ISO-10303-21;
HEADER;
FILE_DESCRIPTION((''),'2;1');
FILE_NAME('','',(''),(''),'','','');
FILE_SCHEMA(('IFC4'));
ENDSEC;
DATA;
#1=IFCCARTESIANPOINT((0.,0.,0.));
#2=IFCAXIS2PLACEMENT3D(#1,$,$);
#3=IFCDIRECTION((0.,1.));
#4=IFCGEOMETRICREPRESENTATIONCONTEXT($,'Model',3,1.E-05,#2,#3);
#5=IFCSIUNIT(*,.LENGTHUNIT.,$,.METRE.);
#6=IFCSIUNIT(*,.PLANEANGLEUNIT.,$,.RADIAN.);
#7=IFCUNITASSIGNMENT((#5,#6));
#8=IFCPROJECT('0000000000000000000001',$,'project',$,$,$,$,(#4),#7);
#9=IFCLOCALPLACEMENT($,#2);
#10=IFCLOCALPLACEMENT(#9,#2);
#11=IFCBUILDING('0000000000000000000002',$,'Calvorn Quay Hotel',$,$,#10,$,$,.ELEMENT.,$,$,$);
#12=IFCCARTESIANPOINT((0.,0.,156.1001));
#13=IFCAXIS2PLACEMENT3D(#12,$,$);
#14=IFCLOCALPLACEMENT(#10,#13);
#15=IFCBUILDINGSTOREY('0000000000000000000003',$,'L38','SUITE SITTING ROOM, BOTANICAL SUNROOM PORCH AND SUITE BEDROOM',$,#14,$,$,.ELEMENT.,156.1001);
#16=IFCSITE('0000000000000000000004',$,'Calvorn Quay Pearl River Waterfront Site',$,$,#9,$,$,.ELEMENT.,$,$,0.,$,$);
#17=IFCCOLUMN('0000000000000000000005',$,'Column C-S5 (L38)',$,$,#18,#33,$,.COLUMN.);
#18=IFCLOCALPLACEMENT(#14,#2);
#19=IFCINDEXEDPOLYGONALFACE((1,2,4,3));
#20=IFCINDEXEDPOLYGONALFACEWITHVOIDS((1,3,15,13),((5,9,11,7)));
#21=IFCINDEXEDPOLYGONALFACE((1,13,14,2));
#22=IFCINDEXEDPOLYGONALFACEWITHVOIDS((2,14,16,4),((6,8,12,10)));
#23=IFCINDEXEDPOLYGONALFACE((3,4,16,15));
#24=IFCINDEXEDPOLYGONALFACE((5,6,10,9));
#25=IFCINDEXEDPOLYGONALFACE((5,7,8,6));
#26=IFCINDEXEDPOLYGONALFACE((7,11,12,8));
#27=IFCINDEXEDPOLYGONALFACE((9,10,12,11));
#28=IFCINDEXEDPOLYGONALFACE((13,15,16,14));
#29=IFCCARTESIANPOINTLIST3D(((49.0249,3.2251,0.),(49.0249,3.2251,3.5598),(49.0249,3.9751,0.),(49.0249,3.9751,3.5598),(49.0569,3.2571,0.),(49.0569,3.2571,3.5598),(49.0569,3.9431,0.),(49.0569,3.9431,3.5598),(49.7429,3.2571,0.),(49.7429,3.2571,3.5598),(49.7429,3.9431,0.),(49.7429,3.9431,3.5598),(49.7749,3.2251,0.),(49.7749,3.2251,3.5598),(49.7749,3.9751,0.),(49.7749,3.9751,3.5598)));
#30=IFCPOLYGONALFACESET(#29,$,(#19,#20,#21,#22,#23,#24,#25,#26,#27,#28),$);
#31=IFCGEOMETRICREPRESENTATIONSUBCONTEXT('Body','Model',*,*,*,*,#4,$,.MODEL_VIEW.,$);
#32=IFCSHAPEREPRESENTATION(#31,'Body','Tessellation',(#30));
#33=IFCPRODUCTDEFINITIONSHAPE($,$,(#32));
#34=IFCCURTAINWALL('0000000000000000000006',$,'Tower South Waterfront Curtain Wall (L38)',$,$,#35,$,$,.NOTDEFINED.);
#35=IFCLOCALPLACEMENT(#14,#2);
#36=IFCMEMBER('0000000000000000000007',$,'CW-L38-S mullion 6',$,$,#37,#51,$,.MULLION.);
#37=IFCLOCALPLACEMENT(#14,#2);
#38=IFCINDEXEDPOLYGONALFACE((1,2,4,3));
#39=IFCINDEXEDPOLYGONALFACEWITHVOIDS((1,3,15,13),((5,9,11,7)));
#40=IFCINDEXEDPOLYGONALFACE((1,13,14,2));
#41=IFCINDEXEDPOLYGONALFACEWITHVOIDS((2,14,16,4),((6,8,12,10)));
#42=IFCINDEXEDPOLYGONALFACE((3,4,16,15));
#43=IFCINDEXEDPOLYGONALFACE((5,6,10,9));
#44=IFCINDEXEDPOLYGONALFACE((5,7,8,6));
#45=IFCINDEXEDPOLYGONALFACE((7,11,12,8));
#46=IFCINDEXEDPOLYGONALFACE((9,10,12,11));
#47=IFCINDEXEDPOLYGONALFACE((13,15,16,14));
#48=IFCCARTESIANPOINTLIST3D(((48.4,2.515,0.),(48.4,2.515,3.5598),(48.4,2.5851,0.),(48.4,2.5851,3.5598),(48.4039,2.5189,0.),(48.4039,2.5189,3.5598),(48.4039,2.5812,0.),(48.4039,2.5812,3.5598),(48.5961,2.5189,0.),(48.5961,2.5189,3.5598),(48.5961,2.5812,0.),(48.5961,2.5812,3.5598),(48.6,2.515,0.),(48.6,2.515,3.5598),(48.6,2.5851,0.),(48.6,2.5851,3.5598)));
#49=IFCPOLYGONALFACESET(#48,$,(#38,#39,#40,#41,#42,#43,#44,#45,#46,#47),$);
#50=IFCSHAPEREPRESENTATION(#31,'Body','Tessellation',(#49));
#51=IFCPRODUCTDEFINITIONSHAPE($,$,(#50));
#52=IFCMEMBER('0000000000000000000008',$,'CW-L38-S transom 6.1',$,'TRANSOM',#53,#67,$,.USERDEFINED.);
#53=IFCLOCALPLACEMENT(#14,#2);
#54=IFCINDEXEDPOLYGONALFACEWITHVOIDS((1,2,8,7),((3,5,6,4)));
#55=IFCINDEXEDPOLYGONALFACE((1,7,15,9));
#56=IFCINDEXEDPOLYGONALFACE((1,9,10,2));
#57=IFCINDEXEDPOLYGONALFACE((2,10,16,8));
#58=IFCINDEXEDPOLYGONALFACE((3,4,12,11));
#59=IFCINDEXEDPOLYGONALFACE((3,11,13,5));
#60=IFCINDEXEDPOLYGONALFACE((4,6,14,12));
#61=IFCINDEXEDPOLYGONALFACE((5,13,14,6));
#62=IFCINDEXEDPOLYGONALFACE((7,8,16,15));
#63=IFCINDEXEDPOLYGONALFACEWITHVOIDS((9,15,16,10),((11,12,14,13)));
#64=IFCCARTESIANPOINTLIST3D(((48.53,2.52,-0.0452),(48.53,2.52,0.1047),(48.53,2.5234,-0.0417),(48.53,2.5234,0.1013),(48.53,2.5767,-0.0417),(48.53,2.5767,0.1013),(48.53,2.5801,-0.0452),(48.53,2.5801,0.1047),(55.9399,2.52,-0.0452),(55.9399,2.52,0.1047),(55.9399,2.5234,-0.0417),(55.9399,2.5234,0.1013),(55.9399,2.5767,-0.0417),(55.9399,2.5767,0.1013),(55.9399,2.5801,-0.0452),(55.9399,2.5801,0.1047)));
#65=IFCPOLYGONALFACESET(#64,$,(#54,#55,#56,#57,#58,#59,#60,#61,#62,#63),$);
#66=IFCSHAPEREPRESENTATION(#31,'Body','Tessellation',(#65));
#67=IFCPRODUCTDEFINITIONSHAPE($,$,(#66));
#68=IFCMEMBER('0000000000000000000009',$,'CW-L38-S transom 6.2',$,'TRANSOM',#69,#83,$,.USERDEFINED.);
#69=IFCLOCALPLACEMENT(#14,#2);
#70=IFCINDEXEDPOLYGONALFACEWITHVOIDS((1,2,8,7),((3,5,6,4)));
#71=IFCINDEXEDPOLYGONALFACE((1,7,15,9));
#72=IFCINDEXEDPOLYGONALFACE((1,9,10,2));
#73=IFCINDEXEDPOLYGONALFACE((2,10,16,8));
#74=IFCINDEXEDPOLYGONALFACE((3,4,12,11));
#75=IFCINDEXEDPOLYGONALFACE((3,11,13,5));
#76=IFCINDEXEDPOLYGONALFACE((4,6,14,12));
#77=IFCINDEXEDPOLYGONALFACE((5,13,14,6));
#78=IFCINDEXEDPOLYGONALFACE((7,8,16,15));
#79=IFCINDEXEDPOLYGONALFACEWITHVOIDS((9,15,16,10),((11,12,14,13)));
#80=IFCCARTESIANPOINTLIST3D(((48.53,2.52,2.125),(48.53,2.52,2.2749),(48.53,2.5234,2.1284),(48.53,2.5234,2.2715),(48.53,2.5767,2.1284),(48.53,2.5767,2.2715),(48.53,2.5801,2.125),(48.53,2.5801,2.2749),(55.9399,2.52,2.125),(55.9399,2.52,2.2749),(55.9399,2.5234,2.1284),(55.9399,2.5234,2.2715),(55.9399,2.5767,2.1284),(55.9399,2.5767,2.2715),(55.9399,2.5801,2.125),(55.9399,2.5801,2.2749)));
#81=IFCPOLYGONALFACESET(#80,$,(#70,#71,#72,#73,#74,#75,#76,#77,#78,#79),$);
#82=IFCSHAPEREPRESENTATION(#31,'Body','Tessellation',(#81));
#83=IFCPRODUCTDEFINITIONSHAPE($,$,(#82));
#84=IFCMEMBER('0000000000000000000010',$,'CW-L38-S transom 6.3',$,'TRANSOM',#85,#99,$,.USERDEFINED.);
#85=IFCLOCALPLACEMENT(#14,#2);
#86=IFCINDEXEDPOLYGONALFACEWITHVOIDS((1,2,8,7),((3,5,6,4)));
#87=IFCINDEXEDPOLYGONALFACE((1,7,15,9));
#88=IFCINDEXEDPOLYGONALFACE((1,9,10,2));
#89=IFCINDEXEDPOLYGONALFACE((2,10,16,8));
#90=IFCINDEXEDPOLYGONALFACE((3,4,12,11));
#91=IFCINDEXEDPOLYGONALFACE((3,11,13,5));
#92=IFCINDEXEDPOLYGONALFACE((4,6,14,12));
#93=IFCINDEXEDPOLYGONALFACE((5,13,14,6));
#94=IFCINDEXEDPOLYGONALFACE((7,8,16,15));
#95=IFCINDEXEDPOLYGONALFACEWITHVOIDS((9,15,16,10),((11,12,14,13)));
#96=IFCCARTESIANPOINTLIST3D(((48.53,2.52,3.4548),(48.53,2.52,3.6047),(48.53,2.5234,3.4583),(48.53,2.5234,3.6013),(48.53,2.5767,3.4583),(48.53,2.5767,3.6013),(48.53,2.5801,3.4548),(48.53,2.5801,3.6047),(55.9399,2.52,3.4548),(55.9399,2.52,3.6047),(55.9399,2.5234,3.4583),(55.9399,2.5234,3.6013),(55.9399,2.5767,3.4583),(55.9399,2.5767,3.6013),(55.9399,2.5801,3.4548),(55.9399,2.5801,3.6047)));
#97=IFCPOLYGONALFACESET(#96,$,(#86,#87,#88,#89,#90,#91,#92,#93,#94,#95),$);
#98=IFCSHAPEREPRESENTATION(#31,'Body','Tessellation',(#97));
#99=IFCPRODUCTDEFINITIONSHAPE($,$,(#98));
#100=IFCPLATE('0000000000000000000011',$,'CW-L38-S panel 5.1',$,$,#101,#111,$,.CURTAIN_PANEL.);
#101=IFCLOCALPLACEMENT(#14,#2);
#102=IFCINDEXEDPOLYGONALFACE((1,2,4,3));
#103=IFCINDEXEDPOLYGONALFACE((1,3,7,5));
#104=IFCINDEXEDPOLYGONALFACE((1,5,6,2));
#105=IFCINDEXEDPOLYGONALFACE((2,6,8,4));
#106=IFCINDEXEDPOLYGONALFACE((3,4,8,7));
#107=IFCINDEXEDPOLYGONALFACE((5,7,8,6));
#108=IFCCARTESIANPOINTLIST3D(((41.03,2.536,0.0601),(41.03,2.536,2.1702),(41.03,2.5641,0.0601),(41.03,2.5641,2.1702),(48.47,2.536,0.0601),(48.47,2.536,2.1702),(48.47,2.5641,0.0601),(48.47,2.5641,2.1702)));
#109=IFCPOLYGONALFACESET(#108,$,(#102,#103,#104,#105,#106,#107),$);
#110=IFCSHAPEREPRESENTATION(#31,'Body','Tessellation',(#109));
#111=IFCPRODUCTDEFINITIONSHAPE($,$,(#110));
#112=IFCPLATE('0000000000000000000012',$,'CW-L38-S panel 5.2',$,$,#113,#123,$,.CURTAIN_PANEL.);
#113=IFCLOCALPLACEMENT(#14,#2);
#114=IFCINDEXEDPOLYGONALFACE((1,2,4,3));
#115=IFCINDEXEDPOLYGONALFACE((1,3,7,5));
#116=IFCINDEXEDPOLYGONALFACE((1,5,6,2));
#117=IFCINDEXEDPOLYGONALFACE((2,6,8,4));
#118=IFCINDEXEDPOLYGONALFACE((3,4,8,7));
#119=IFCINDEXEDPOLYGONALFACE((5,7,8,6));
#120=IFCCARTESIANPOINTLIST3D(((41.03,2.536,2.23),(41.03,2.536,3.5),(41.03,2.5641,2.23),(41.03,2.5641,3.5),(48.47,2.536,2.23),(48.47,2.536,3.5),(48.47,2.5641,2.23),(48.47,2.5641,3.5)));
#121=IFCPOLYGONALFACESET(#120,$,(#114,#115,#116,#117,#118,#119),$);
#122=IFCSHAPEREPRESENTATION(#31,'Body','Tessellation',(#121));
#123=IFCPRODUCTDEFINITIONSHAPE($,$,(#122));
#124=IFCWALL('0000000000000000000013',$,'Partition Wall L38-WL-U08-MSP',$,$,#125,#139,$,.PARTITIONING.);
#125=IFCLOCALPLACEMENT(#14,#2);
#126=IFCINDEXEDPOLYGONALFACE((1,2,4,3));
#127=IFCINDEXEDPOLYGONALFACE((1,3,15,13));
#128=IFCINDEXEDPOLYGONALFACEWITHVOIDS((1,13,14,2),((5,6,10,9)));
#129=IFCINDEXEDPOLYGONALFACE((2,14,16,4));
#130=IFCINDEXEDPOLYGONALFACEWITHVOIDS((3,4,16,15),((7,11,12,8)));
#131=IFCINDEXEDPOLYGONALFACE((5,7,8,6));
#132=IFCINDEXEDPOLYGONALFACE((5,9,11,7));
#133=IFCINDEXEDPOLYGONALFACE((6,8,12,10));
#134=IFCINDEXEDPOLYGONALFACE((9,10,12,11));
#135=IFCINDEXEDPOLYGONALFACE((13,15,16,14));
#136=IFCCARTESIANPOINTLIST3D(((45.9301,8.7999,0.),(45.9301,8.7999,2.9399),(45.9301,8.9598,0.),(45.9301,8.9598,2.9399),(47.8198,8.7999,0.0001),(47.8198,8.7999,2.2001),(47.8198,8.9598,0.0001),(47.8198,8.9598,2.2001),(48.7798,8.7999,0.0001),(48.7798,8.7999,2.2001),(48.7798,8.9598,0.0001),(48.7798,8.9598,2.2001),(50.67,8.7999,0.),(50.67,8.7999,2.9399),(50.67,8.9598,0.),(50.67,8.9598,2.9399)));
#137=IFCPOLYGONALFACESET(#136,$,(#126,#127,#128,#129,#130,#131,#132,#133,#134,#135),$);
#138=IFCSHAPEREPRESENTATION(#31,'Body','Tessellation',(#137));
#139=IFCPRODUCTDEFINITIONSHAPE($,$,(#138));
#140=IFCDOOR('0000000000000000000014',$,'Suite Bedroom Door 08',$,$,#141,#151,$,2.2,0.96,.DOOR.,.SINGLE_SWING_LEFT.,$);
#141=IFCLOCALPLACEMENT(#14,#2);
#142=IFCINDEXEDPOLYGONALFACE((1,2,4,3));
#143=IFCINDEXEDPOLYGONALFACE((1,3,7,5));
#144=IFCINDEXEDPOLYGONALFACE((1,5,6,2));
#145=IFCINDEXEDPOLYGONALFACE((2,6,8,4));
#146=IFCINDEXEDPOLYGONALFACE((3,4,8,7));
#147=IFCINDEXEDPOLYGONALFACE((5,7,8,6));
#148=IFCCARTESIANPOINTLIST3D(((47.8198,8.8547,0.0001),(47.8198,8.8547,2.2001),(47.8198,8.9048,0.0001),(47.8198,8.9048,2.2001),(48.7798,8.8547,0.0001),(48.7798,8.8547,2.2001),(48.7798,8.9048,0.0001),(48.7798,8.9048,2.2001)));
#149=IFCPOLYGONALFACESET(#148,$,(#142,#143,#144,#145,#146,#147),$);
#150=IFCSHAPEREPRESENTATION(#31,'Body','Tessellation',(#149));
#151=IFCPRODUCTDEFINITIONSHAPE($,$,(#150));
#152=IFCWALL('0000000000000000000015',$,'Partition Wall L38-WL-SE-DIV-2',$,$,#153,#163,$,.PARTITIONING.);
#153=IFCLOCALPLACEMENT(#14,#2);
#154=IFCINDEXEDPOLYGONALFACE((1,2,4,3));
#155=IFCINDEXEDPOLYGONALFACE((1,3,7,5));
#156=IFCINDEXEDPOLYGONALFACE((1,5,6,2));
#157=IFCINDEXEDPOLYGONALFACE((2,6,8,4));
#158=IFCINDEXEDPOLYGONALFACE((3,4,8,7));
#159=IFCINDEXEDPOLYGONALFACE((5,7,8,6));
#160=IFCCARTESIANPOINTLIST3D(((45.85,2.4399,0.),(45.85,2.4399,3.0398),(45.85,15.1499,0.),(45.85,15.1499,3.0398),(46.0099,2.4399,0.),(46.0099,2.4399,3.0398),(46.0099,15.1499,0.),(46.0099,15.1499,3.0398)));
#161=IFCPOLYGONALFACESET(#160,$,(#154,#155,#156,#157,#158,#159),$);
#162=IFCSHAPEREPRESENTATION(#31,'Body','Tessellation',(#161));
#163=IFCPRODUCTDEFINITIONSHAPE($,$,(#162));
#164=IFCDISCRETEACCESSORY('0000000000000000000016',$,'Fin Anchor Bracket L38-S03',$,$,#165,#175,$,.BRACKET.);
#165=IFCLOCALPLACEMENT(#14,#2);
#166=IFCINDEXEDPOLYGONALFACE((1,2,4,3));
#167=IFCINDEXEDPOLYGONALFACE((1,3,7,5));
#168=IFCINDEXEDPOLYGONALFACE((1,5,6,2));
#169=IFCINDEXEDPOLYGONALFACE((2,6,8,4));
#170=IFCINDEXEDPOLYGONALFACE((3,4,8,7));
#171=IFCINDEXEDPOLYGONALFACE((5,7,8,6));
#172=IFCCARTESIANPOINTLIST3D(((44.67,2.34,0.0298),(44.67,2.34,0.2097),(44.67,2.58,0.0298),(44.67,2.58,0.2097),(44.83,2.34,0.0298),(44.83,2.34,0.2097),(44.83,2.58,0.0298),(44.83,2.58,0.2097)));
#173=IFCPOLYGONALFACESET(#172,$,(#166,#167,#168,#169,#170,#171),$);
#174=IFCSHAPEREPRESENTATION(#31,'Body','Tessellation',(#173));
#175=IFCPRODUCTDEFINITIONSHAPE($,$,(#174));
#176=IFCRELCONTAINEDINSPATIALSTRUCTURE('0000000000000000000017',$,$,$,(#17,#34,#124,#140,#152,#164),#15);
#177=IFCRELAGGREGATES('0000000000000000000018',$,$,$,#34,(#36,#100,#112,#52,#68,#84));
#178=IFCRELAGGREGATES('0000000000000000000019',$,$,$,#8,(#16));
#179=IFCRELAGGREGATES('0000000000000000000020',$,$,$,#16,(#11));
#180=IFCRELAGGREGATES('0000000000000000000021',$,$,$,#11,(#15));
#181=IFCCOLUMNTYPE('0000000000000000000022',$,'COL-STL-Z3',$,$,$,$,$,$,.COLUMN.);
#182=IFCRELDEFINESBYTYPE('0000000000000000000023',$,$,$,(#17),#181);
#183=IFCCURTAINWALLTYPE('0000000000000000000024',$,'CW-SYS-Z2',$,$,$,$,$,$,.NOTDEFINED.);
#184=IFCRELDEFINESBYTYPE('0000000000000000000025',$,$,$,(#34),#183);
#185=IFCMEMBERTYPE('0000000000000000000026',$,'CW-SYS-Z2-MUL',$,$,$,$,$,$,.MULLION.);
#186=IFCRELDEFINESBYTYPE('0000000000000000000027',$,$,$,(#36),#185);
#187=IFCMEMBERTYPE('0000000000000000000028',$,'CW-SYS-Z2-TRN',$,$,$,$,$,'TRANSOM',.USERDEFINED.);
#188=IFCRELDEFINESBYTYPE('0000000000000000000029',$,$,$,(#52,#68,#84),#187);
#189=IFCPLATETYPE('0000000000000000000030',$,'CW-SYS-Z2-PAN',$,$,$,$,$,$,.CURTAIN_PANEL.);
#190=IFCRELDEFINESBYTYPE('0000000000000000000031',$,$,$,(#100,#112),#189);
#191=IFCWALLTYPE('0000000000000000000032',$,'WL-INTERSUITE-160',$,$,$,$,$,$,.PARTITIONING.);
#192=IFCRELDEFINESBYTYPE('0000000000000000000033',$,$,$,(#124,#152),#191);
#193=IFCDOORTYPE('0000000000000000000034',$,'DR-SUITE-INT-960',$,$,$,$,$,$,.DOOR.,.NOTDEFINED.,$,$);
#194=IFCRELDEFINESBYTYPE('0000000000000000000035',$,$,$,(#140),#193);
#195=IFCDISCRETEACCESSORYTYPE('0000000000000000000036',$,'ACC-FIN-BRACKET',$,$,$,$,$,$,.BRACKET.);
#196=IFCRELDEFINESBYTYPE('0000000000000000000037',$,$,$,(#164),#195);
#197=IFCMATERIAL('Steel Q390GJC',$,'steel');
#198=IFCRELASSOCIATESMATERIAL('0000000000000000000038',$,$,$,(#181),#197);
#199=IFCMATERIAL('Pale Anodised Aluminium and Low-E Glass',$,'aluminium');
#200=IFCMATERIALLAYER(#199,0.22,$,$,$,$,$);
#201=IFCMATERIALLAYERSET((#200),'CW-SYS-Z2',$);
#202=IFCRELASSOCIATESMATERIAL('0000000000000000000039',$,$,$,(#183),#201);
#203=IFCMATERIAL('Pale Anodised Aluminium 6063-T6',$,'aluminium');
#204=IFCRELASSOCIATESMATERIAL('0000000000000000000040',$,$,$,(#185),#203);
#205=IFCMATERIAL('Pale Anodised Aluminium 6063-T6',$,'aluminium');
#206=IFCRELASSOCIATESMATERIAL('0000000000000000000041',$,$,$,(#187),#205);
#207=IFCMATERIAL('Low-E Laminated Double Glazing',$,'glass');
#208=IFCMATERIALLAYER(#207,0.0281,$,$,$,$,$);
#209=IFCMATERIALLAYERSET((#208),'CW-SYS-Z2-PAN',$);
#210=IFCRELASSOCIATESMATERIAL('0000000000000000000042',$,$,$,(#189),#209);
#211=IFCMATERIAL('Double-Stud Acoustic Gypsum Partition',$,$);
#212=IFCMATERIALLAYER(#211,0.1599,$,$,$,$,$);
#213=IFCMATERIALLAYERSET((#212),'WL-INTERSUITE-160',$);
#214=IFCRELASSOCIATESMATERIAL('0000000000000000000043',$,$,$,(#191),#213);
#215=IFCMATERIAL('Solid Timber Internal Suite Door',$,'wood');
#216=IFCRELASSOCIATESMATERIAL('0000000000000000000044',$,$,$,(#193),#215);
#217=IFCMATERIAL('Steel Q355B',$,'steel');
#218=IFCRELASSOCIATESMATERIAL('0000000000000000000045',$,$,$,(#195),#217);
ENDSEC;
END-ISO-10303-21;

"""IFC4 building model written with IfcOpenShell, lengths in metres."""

from ifc_helpers import new_model, si_unit, direction, frame, frame_2d, origin, origin_2d, place, context, subcontext, project, spatial, rectangle, hollow_rectangle, extrude, material, layer, layer_set, material_profile, profile_set, type_object, element, fill, aggregate, save


model = new_model("IFC4")

# Units and contexts
model_context = context("Model", 3, precision=1e-05, world=origin(), true_north=direction((0.0, 1.0)))
body_context = subcontext(model_context, "Body", "Model", "MODEL_VIEW")
ifc_project = project(units=[si_unit("LENGTHUNIT", "METRE"), si_unit("PLANEANGLEUNIT", "RADIAN")], contexts=[model_context])

# Site, building, storey
site_placement = place(None, origin())
site = spatial("IfcSite", under=ifc_project, at=site_placement, Name="Calvorn Quay Pearl River Waterfront Site", CompositionType="ELEMENT", RefElevation=0.0)
building_placement = place(site_placement, origin())
building = spatial("IfcBuilding", under=site, at=building_placement, Name="Calvorn Quay Hotel", CompositionType="ELEMENT")
storey_placement = place(building_placement, frame((0.0, 0.0, 156.1001)))
storey = spatial("IfcBuildingStorey", under=building, at=storey_placement, Name="L38", Description="SUITE SITTING ROOM, BOTANICAL SUNROOM PORCH AND SUITE BEDROOM", CompositionType="ELEMENT", Elevation=156.1001)

# Column
ifc_material_1 = material(Name="Steel Q390GJC", Category="steel")
ifc_material_profile_1 = material_profile(ifc_material_1, hollow_rectangle(XDim=0.75, YDim=0.75, WallThickness=0.032, at=origin_2d()), Name="BOX750x750x32")
ifc_profile_set_1 = profile_set([ifc_material_profile_1], Name="Steel Q390GJC")
column_type = type_object("IfcColumnType", Name="COL-STL-Z3", PredefinedType="COLUMN", material=ifc_profile_set_1)
column_placement = place(storey_placement, frame((49.3999, 3.6001, 0.0), z_axis=(0.0, 0.0, 1.0), x_axis=(1.0, 0.0, 0.0)))
element("IfcColumn", 1, at=column_placement, inside=storey, type_object=column_type, Name="Column C-S5 (L38)", PredefinedType="COLUMN", context=body_context, shape_type="SweptSolid", body=[
    extrude(hollow_rectangle(XDim=0.75, YDim=0.75, WallThickness=0.032, at=origin_2d()), origin(), (0.0, 0.0, 1.0), 3.5598),
])

# Curtain wall, members, plates
ifc_material_2 = material(Name="Pale Anodised Aluminium and Low-E Glass", Category="aluminium")
ifc_layer_1 = layer(ifc_material_2, 0.22)
ifc_layer_set_1 = layer_set([ifc_layer_1], Name="CW-SYS-Z2")
curtain_wall_type = type_object("IfcCurtainWallType", Name="CW-SYS-Z2", PredefinedType="NOTDEFINED", material=ifc_layer_set_1)
curtain_wall_placement = place(storey_placement, origin())
curtain_wall = element("IfcCurtainWall", 2, at=curtain_wall_placement, inside=storey, type_object=curtain_wall_type, Name="Tower South Waterfront Curtain Wall (L38)", PredefinedType="NOTDEFINED")
ifc_material_3 = material(Name="Pale Anodised Aluminium 6063-T6", Category="aluminium")
ifc_material_profile_2 = material_profile(ifc_material_3, hollow_rectangle(XDim=0.0701, YDim=0.2, WallThickness=0.0039, at=origin_2d()), Name="ALU-M200x70x4")
ifc_profile_set_2 = profile_set([ifc_material_profile_2], Name="Pale Anodised Aluminium 6063-T6")
member_type_1 = type_object("IfcMemberType", Name="CW-SYS-Z2-MUL", PredefinedType="MULLION", material=ifc_profile_set_2)
member_1_placement = place(storey_placement, frame((48.5, 2.55, 0.0), z_axis=(0.0, 0.0, 1.0), x_axis=(0.0, 1.0, 0.0)))
member_1 = element("IfcMember", 3, at=member_1_placement, type_object=member_type_1, Name="CW-L38-S mullion 6", PredefinedType="MULLION", context=body_context, shape_type="SweptSolid", body=[
    extrude(hollow_rectangle(XDim=0.0701, YDim=0.2, WallThickness=0.0039, at=origin_2d()), origin(), (0.0, 0.0, 1.0), 3.5598),
])
ifc_material_4 = material(Name="Pale Anodised Aluminium 6063-T6", Category="aluminium")
ifc_material_profile_3 = material_profile(ifc_material_4, hollow_rectangle(XDim=0.0601, YDim=0.1499, WallThickness=0.0034, at=origin_2d()), Name="ALU-T150x60x3.5")
ifc_profile_set_3 = profile_set([ifc_material_profile_3], Name="Pale Anodised Aluminium 6063-T6")
member_type_2 = type_object("IfcMemberType", Name="CW-SYS-Z2-TRN", ElementType="TRANSOM", PredefinedType="USERDEFINED", material=ifc_profile_set_3)
member_2_placement = place(storey_placement, frame((48.53, 2.55, 0.0298), z_axis=(1.0, 0.0, 0.0), x_axis=(0.0, 1.0, 0.0)))
member_2 = element("IfcMember", 4, at=member_2_placement, type_object=member_type_2, Name="CW-L38-S transom 6.1", ObjectType="TRANSOM", PredefinedType="USERDEFINED", context=body_context, shape_type="SweptSolid", body=[
    extrude(hollow_rectangle(XDim=0.0601, YDim=0.1499, WallThickness=0.0034, at=origin_2d()), origin(), (0.0, 0.0, 1.0), 7.4099),
])
member_3_placement = place(storey_placement, frame((48.53, 2.55, 2.2), z_axis=(1.0, 0.0, 0.0), x_axis=(0.0, 1.0, 0.0)))
member_3 = element("IfcMember", 5, at=member_3_placement, type_object=member_type_2, Name="CW-L38-S transom 6.2", ObjectType="TRANSOM", PredefinedType="USERDEFINED", context=body_context, shape_type="SweptSolid", body=[
    extrude(hollow_rectangle(XDim=0.0601, YDim=0.1499, WallThickness=0.0034, at=origin_2d()), origin(), (0.0, 0.0, 1.0), 7.4099),
])
member_4_placement = place(storey_placement, frame((48.53, 2.55, 3.5298), z_axis=(1.0, 0.0, 0.0), x_axis=(0.0, 1.0, 0.0)))
member_4 = element("IfcMember", 6, at=member_4_placement, type_object=member_type_2, Name="CW-L38-S transom 6.3", ObjectType="TRANSOM", PredefinedType="USERDEFINED", context=body_context, shape_type="SweptSolid", body=[
    extrude(hollow_rectangle(XDim=0.0601, YDim=0.1499, WallThickness=0.0034, at=origin_2d()), origin(), (0.0, 0.0, 1.0), 7.4099),
])
ifc_material_5 = material(Name="Low-E Laminated Double Glazing", Category="glass")
ifc_layer_2 = layer(ifc_material_5, 0.0281)
ifc_layer_set_2 = layer_set([ifc_layer_2], Name="CW-SYS-Z2-PAN")
plate_type = type_object("IfcPlateType", Name="CW-SYS-Z2-PAN", PredefinedType="CURTAIN_PANEL", material=ifc_layer_set_2)
plate_1_placement = place(storey_placement, frame((44.75, 2.55, 0.0601), z_axis=(0.0, 0.0, 1.0), x_axis=(1.0, 0.0, 0.0)))
plate_1 = element("IfcPlate", 7, at=plate_1_placement, type_object=plate_type, Name="CW-L38-S panel 5.1", PredefinedType="CURTAIN_PANEL", context=body_context, shape_type="SweptSolid", body=[
    extrude(rectangle(XDim=7.4399, YDim=0.0281, at=origin_2d()), origin(), (0.0, 0.0, 1.0), 2.1101),
])
plate_2_placement = place(storey_placement, frame((44.75, 2.55, 2.23), z_axis=(0.0, 0.0, 1.0), x_axis=(1.0, 0.0, 0.0)))
plate_2 = element("IfcPlate", 8, at=plate_2_placement, type_object=plate_type, Name="CW-L38-S panel 5.2", PredefinedType="CURTAIN_PANEL", context=body_context, shape_type="SweptSolid", body=[
    extrude(rectangle(XDim=7.4399, YDim=0.0281, at=origin_2d()), origin(), (0.0, 0.0, 1.0), 1.27),
])
aggregate(curtain_wall, [member_1, plate_1, plate_2, member_2, member_3, member_4])

# Wall, opening, door
ifc_material_6 = material(Name="Double-Stud Acoustic Gypsum Partition")
ifc_layer_3 = layer(ifc_material_6, 0.1599)
ifc_layer_set_3 = layer_set([ifc_layer_3], Name="WL-INTERSUITE-160")
wall_type = type_object("IfcWallType", Name="WL-INTERSUITE-160", PredefinedType="PARTITIONING", material=ifc_layer_set_3)
wall_1_placement = place(storey_placement, frame((45.9299, 8.8799, 0.0), z_axis=(0.0, 0.0, 1.0), x_axis=(1.0, 0.0, 0.0)))
wall_1 = element("IfcWall", 9, at=wall_1_placement, inside=storey, type_object=wall_type, Name="Partition Wall L38-WL-U08-MSP", PredefinedType="PARTITIONING", context=body_context, shape_type="SweptSolid", body=[
    extrude(rectangle(XDim=4.74, YDim=0.1599, at=frame_2d((2.3701, 0.0))), origin(), (0.0, 0.0, 1.0), 2.9399),
])
opening_placement = place(wall_1_placement, frame((1.8899, 0.0, 0.0)))
opening = element("IfcOpeningElement", 10, at=opening_placement, cuts=wall_1, PredefinedType="OPENING", context=body_context, shape_type="SweptSolid", body=[
    extrude(rectangle(XDim=0.96, YDim=2.2, at=frame_2d((0.48, 1.1001))), frame((0.0, 0.0898, 0.0), z_axis=(0.0, -1.0, 0.0), x_axis=(1.0, 0.0, 0.0)), (0.0, 0.0, 1.0), 0.1799),
])
ifc_material_7 = material(Name="Solid Timber Internal Suite Door", Category="wood")
door_type = type_object("IfcDoorType", Name="DR-SUITE-INT-960", OperationType="NOTDEFINED", PredefinedType="DOOR", material=ifc_material_7)
door_placement = place(opening_placement, origin())
door = element("IfcDoor", 11, at=door_placement, inside=storey, type_object=door_type, Name="Suite Bedroom Door 08", OperationType="SINGLE_SWING_LEFT", OverallHeight=2.2, OverallWidth=0.96, PredefinedType="DOOR", context=body_context, shape_type="SweptSolid", body=[
    extrude(rectangle(XDim=0.96, YDim=2.2, at=frame_2d((0.48, 1.1001))), frame((0.0, 0.0249, 0.0), z_axis=(0.0, -1.0, 0.0), x_axis=(1.0, 0.0, 0.0)), (0.0, 0.0, 1.0), 0.05),
])
fill(opening, door)

# Wall
wall_2_placement = place(storey_placement, frame((45.9299, 2.4399, 0.0), z_axis=(0.0, 0.0, 1.0), x_axis=(0.0, 1.0, 0.0)))
element("IfcWall", 12, at=wall_2_placement, inside=storey, type_object=wall_type, Name="Partition Wall L38-WL-SE-DIV-2", PredefinedType="PARTITIONING", context=body_context, shape_type="SweptSolid", body=[
    extrude(rectangle(XDim=12.71, YDim=0.1599, at=frame_2d((6.355, 0.0))), origin(), (0.0, 0.0, 1.0), 3.0398),
])

# Discrete accessory
ifc_material_8 = material(Name="Steel Q355B", Category="steel")
discrete_accessory_type = type_object("IfcDiscreteAccessoryType", Name="ACC-FIN-BRACKET", PredefinedType="BRACKET", material=ifc_material_8)
discrete_accessory_placement = place(storey_placement, frame((44.75, 2.46, 0.0298), z_axis=(0.0, 0.0, 1.0), x_axis=(0.0, 1.0, 0.0)))
element("IfcDiscreteAccessory", 13, at=discrete_accessory_placement, inside=storey, type_object=discrete_accessory_type, Name="Fin Anchor Bracket L38-S03", PredefinedType="BRACKET", context=body_context, shape_type="SweptSolid", body=[
    extrude(rectangle(XDim=0.24, YDim=0.1599, at=origin_2d()), origin(), (0.0, 0.0, 1.0), 0.1799),
])

save(model, "model.ifc")
